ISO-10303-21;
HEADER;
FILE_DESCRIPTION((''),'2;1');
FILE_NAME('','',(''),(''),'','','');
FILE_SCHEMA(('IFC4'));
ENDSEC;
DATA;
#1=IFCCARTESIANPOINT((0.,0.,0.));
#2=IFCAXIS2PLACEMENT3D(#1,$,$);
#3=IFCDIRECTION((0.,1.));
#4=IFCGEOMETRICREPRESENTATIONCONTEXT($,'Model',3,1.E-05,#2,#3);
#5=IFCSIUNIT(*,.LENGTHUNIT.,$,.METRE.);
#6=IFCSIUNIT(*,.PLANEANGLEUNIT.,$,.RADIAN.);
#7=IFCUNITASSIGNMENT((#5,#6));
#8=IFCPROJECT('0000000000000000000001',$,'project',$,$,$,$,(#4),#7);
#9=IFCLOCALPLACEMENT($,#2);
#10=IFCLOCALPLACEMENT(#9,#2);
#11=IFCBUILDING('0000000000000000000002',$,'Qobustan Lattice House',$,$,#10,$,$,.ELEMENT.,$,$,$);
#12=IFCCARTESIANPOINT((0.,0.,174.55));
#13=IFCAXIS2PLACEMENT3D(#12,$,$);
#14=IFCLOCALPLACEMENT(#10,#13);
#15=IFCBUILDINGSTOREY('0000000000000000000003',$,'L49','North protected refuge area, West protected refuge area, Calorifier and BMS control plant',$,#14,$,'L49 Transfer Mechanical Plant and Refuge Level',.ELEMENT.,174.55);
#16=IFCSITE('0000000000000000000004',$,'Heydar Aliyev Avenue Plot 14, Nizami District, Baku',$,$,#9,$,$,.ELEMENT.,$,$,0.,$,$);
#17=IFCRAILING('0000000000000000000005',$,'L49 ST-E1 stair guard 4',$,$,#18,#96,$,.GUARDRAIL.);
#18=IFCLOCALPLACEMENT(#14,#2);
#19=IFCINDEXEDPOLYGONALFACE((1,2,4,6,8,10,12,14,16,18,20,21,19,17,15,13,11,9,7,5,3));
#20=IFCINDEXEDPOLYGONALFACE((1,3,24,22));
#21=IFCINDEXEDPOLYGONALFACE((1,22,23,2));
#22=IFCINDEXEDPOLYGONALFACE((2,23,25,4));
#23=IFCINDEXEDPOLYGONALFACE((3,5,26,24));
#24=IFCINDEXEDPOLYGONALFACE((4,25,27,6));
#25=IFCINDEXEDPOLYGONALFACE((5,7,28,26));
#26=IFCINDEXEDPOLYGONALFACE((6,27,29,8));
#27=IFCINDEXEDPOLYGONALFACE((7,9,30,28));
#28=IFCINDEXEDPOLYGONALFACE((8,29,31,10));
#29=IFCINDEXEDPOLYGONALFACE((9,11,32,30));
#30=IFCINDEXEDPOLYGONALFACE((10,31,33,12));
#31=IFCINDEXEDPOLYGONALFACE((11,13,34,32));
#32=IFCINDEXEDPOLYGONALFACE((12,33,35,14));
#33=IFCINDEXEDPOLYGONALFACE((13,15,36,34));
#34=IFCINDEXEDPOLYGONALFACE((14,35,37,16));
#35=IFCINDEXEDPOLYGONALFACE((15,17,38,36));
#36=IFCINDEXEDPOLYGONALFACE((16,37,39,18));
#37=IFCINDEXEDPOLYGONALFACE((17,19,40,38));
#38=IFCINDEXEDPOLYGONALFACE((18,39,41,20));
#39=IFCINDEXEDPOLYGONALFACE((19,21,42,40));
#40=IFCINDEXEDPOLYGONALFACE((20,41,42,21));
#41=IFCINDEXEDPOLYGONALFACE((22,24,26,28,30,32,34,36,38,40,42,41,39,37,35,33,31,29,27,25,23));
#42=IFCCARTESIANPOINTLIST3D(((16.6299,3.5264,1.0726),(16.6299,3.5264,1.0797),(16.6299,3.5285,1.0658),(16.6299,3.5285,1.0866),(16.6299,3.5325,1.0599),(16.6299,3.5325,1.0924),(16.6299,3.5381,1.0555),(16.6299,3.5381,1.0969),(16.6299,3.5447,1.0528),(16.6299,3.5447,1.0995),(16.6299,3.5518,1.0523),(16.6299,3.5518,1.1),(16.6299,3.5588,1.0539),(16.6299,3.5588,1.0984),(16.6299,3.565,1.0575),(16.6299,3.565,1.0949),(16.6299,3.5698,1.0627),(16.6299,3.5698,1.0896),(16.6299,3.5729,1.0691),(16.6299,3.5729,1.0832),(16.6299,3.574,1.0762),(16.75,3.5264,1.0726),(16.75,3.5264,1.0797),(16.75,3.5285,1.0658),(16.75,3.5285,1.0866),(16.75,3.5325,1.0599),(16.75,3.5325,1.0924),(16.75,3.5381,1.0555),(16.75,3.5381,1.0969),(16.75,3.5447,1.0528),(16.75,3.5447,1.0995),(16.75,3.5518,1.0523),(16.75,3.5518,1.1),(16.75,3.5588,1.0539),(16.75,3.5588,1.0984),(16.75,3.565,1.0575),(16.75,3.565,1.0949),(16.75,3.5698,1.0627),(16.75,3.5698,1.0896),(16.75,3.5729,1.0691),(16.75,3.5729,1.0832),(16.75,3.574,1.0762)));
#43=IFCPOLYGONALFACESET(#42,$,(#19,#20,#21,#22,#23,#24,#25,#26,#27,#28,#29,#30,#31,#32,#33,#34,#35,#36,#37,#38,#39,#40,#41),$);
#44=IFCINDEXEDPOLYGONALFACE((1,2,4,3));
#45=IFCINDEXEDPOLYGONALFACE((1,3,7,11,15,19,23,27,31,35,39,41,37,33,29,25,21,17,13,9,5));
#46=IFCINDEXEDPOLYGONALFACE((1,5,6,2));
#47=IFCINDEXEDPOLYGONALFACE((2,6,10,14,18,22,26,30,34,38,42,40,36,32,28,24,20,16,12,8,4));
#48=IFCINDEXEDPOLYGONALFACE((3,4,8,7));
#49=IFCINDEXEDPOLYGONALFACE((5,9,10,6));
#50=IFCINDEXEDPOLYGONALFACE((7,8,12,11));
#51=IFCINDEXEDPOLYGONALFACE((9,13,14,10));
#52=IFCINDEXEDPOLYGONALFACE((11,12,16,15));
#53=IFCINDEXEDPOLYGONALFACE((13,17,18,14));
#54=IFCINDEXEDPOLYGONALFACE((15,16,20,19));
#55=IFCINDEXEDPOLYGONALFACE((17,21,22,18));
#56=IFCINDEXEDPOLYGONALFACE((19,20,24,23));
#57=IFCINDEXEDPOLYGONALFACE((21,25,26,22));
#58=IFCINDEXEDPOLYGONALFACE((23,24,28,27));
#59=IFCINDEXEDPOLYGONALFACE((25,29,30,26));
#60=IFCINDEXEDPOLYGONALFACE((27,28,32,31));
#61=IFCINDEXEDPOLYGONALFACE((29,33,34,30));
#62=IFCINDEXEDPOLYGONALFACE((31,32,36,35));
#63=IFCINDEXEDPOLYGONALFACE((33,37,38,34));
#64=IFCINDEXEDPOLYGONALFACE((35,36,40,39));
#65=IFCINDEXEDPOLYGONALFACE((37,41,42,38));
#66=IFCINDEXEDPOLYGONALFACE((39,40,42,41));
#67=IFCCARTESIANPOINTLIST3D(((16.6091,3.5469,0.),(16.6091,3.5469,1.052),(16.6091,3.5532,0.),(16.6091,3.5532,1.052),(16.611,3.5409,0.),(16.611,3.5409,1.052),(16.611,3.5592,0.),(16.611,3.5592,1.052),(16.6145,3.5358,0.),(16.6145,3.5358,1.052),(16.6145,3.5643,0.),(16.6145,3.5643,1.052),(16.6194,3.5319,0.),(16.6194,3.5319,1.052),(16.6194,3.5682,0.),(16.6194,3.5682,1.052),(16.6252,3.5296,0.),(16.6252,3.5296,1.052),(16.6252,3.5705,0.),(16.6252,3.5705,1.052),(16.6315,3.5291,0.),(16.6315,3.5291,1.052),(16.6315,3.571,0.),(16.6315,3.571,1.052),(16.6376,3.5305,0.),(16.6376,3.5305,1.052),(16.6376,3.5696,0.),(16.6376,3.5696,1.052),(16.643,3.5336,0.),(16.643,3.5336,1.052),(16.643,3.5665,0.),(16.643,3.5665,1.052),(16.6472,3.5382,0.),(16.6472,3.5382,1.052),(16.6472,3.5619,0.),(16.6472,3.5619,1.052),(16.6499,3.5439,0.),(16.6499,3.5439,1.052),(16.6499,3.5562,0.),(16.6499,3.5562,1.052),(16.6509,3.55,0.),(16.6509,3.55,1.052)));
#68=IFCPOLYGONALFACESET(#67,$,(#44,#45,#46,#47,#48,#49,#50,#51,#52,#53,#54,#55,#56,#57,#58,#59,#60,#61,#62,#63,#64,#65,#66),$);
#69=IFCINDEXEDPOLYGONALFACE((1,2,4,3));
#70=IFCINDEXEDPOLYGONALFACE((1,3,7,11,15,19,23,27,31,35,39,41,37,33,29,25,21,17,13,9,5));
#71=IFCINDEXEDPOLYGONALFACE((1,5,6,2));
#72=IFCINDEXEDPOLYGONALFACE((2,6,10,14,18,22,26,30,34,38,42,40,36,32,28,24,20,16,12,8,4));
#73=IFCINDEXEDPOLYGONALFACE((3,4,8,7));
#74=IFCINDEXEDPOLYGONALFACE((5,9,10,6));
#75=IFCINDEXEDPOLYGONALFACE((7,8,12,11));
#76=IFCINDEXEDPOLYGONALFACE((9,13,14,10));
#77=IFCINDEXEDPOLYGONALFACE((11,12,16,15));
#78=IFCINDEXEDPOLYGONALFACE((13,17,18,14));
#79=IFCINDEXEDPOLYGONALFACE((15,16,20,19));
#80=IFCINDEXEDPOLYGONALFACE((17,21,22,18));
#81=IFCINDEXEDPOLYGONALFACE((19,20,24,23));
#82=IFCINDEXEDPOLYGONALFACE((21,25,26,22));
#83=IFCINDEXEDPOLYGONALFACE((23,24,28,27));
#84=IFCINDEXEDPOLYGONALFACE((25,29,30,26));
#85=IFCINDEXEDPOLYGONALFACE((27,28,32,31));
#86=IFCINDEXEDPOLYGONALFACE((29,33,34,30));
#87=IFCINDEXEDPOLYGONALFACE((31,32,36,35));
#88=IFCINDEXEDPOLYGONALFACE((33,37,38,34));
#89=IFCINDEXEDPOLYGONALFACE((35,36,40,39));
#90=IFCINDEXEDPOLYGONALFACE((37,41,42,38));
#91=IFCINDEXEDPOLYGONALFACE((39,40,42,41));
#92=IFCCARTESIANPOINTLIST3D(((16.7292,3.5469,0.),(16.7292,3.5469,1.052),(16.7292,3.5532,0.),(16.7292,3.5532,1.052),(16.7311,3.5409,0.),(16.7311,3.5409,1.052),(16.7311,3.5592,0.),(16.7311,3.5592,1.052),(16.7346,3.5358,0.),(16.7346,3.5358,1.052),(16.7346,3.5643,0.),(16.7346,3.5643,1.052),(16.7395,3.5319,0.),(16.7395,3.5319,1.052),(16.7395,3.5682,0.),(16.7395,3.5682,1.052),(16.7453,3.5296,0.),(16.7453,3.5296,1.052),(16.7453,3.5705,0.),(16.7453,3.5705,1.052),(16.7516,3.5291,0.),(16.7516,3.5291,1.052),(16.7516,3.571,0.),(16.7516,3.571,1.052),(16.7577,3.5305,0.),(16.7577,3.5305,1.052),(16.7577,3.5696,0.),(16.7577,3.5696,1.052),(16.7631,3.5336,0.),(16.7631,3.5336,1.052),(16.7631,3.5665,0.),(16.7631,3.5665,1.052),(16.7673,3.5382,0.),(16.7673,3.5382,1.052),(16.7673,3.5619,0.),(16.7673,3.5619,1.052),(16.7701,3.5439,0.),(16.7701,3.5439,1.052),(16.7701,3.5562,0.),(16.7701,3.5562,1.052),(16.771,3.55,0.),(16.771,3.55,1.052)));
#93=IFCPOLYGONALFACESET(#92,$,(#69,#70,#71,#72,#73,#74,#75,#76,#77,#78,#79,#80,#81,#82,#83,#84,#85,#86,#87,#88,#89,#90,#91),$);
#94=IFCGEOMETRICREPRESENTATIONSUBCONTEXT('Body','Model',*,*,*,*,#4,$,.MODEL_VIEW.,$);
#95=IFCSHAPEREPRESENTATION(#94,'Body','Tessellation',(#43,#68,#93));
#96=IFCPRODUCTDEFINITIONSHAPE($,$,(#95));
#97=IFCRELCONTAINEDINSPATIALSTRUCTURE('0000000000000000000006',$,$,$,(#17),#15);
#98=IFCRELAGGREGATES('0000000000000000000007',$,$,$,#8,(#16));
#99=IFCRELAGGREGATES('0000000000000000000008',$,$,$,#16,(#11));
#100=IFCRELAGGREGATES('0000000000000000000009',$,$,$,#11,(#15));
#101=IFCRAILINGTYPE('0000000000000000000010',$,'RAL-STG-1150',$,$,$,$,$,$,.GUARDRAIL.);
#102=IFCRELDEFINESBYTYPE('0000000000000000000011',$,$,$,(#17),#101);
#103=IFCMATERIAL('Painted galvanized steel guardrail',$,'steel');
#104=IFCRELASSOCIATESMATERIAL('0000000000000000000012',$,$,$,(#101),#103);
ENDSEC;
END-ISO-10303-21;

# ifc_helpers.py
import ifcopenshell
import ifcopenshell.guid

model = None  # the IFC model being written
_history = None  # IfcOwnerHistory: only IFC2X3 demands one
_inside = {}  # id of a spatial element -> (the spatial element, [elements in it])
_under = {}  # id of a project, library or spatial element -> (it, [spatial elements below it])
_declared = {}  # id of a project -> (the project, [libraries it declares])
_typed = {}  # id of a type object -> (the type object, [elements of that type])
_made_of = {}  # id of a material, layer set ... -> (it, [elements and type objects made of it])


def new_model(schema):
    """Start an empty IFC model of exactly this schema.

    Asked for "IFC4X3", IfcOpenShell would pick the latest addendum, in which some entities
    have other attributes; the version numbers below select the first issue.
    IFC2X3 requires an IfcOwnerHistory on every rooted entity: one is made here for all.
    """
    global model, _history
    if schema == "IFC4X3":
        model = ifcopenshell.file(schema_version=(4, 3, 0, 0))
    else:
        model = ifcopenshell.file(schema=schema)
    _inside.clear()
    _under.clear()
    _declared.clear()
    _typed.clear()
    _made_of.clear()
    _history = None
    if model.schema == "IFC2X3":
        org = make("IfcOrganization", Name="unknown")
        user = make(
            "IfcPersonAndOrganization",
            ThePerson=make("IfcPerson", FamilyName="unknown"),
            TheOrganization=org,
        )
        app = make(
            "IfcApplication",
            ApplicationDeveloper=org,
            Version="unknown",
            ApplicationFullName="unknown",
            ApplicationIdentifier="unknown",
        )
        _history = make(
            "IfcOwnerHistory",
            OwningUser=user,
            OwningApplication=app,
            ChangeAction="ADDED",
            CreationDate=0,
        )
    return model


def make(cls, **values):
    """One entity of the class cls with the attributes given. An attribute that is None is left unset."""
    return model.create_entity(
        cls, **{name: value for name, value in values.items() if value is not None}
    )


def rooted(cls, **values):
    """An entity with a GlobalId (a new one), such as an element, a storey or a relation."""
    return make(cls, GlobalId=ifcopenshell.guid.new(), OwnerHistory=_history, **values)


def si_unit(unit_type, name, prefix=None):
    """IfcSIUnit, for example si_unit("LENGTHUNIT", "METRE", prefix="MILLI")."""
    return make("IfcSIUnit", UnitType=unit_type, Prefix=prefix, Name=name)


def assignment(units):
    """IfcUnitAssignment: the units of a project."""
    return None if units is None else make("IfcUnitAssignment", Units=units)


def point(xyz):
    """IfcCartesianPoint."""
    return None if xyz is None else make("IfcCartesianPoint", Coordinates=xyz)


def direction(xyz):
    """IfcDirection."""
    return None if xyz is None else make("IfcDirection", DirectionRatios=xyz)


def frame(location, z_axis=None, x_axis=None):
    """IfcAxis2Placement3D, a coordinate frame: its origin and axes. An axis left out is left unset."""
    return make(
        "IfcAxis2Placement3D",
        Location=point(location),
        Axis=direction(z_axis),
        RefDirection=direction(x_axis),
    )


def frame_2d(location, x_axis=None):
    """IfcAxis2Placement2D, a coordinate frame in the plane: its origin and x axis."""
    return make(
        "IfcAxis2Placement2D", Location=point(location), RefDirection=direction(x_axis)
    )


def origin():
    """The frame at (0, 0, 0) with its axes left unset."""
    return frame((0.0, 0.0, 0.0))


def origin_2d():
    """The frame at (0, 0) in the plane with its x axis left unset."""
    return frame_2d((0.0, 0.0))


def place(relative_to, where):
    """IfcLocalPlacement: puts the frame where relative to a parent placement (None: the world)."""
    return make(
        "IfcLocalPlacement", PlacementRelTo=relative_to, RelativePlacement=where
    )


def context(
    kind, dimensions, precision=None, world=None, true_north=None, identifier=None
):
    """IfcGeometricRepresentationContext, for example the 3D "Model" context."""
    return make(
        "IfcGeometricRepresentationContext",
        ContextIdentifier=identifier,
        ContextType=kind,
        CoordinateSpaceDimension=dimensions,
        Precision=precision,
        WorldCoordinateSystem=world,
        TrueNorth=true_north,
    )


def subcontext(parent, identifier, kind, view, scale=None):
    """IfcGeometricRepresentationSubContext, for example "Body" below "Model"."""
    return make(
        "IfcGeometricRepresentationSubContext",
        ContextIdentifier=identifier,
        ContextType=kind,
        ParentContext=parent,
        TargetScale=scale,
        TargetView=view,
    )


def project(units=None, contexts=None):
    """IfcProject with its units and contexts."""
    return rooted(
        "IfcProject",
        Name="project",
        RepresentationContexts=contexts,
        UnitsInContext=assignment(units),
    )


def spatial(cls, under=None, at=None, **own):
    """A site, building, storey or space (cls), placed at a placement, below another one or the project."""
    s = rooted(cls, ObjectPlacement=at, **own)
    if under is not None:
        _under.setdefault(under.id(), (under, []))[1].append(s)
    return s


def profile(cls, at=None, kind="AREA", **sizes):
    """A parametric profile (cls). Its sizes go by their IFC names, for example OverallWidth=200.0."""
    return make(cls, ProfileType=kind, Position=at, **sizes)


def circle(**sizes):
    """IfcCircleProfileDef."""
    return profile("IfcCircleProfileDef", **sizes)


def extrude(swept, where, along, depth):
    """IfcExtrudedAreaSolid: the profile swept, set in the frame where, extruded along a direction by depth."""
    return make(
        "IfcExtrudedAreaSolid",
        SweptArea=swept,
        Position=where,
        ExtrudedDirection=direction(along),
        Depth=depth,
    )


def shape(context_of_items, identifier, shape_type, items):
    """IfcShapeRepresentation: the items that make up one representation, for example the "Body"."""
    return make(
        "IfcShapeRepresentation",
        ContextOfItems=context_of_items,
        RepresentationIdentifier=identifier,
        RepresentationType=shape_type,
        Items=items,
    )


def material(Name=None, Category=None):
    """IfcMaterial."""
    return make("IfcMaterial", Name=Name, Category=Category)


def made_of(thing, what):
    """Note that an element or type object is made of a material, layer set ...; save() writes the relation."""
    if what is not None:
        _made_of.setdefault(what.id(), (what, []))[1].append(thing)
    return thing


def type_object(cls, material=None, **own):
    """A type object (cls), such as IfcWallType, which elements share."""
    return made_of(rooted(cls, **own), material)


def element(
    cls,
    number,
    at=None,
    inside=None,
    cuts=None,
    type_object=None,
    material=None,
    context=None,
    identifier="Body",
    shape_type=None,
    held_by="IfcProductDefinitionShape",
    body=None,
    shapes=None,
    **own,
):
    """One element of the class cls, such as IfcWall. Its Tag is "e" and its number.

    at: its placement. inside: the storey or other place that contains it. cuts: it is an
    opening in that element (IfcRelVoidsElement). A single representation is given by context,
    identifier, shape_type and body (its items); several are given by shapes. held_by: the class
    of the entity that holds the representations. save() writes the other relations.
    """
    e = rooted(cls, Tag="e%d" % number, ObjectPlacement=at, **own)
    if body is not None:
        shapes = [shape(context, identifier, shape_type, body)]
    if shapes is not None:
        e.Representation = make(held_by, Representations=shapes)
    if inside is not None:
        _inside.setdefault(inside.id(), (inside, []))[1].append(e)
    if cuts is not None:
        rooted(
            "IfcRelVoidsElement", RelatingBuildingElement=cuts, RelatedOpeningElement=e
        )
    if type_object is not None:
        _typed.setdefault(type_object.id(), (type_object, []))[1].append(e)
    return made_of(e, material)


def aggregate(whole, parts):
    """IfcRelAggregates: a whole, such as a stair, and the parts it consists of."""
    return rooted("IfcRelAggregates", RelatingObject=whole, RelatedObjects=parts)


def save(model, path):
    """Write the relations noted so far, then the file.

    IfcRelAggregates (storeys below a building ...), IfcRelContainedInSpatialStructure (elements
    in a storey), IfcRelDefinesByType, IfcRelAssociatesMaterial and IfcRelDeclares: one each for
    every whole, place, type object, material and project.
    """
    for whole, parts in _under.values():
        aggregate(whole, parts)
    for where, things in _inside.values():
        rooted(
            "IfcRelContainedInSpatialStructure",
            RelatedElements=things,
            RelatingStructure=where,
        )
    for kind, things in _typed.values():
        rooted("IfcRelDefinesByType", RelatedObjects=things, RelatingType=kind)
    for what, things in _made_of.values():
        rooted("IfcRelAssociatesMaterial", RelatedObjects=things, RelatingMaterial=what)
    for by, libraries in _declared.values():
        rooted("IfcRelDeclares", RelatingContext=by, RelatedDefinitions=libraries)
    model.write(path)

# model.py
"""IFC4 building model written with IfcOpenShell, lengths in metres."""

from ifc_helpers import new_model, si_unit, direction, frame, origin, origin_2d, place, context, subcontext, project, spatial, circle, extrude, material, type_object, element, save


model = new_model("IFC4")

# Units and contexts
model_context = context("Model", 3, precision=1e-05, world=origin(), true_north=direction((0.0, 1.0)))
body_context = subcontext(model_context, "Body", "Model", "MODEL_VIEW")
ifc_project = project(units=[si_unit("LENGTHUNIT", "METRE"), si_unit("PLANEANGLEUNIT", "RADIAN")], contexts=[model_context])

# Site, building, storey
site_placement = place(None, origin())
site = spatial("IfcSite", under=ifc_project, at=site_placement, Name="Heydar Aliyev Avenue Plot 14, Nizami District, Baku", CompositionType="ELEMENT", RefElevation=0.0)
building_placement = place(site_placement, origin())
building = spatial("IfcBuilding", under=site, at=building_placement, Name="Qobustan Lattice House", CompositionType="ELEMENT")
storey_placement = place(building_placement, frame((0.0, 0.0, 174.55)))
storey = spatial("IfcBuildingStorey", under=building, at=storey_placement, Name="L49", Description="North protected refuge area, West protected refuge area, Calorifier and BMS control plant", LongName="L49 Transfer Mechanical Plant and Refuge Level", CompositionType="ELEMENT", Elevation=174.55)

# Railing
ifc_material_1 = material(Name="Painted galvanized steel guardrail", Category="steel")
railing_type_1 = type_object("IfcRailingType", Name="RAL-STG-1150", PredefinedType="GUARDRAIL", material=ifc_material_1)
railing_1_placement = place(storey_placement, frame((16.6299, 3.55, 0.0)))
element("IfcRailing", 1, at=railing_1_placement, inside=storey, type_object=railing_type_1, Name="L49 ST-E1 stair guard 4", PredefinedType="GUARDRAIL", context=body_context, shape_type="SweptSolid", body=[
    extrude(circle(Radius=0.0239, at=origin_2d()), frame((0.0, 0.0, 1.0762), z_axis=(1.0, 0.0, 0.0), x_axis=(0.0, 1.0, 0.0)), (0.0, 0.0, 1.0), 0.1201),
    extrude(circle(Radius=0.021, at=origin_2d()), origin(), (0.0, 0.0, 1.0), 1.052),
    extrude(circle(Radius=0.021, at=origin_2d()), frame((0.1201, 0.0, 0.0)), (0.0, 0.0, 1.0), 1.052),
])

save(model, "model.ifc")
